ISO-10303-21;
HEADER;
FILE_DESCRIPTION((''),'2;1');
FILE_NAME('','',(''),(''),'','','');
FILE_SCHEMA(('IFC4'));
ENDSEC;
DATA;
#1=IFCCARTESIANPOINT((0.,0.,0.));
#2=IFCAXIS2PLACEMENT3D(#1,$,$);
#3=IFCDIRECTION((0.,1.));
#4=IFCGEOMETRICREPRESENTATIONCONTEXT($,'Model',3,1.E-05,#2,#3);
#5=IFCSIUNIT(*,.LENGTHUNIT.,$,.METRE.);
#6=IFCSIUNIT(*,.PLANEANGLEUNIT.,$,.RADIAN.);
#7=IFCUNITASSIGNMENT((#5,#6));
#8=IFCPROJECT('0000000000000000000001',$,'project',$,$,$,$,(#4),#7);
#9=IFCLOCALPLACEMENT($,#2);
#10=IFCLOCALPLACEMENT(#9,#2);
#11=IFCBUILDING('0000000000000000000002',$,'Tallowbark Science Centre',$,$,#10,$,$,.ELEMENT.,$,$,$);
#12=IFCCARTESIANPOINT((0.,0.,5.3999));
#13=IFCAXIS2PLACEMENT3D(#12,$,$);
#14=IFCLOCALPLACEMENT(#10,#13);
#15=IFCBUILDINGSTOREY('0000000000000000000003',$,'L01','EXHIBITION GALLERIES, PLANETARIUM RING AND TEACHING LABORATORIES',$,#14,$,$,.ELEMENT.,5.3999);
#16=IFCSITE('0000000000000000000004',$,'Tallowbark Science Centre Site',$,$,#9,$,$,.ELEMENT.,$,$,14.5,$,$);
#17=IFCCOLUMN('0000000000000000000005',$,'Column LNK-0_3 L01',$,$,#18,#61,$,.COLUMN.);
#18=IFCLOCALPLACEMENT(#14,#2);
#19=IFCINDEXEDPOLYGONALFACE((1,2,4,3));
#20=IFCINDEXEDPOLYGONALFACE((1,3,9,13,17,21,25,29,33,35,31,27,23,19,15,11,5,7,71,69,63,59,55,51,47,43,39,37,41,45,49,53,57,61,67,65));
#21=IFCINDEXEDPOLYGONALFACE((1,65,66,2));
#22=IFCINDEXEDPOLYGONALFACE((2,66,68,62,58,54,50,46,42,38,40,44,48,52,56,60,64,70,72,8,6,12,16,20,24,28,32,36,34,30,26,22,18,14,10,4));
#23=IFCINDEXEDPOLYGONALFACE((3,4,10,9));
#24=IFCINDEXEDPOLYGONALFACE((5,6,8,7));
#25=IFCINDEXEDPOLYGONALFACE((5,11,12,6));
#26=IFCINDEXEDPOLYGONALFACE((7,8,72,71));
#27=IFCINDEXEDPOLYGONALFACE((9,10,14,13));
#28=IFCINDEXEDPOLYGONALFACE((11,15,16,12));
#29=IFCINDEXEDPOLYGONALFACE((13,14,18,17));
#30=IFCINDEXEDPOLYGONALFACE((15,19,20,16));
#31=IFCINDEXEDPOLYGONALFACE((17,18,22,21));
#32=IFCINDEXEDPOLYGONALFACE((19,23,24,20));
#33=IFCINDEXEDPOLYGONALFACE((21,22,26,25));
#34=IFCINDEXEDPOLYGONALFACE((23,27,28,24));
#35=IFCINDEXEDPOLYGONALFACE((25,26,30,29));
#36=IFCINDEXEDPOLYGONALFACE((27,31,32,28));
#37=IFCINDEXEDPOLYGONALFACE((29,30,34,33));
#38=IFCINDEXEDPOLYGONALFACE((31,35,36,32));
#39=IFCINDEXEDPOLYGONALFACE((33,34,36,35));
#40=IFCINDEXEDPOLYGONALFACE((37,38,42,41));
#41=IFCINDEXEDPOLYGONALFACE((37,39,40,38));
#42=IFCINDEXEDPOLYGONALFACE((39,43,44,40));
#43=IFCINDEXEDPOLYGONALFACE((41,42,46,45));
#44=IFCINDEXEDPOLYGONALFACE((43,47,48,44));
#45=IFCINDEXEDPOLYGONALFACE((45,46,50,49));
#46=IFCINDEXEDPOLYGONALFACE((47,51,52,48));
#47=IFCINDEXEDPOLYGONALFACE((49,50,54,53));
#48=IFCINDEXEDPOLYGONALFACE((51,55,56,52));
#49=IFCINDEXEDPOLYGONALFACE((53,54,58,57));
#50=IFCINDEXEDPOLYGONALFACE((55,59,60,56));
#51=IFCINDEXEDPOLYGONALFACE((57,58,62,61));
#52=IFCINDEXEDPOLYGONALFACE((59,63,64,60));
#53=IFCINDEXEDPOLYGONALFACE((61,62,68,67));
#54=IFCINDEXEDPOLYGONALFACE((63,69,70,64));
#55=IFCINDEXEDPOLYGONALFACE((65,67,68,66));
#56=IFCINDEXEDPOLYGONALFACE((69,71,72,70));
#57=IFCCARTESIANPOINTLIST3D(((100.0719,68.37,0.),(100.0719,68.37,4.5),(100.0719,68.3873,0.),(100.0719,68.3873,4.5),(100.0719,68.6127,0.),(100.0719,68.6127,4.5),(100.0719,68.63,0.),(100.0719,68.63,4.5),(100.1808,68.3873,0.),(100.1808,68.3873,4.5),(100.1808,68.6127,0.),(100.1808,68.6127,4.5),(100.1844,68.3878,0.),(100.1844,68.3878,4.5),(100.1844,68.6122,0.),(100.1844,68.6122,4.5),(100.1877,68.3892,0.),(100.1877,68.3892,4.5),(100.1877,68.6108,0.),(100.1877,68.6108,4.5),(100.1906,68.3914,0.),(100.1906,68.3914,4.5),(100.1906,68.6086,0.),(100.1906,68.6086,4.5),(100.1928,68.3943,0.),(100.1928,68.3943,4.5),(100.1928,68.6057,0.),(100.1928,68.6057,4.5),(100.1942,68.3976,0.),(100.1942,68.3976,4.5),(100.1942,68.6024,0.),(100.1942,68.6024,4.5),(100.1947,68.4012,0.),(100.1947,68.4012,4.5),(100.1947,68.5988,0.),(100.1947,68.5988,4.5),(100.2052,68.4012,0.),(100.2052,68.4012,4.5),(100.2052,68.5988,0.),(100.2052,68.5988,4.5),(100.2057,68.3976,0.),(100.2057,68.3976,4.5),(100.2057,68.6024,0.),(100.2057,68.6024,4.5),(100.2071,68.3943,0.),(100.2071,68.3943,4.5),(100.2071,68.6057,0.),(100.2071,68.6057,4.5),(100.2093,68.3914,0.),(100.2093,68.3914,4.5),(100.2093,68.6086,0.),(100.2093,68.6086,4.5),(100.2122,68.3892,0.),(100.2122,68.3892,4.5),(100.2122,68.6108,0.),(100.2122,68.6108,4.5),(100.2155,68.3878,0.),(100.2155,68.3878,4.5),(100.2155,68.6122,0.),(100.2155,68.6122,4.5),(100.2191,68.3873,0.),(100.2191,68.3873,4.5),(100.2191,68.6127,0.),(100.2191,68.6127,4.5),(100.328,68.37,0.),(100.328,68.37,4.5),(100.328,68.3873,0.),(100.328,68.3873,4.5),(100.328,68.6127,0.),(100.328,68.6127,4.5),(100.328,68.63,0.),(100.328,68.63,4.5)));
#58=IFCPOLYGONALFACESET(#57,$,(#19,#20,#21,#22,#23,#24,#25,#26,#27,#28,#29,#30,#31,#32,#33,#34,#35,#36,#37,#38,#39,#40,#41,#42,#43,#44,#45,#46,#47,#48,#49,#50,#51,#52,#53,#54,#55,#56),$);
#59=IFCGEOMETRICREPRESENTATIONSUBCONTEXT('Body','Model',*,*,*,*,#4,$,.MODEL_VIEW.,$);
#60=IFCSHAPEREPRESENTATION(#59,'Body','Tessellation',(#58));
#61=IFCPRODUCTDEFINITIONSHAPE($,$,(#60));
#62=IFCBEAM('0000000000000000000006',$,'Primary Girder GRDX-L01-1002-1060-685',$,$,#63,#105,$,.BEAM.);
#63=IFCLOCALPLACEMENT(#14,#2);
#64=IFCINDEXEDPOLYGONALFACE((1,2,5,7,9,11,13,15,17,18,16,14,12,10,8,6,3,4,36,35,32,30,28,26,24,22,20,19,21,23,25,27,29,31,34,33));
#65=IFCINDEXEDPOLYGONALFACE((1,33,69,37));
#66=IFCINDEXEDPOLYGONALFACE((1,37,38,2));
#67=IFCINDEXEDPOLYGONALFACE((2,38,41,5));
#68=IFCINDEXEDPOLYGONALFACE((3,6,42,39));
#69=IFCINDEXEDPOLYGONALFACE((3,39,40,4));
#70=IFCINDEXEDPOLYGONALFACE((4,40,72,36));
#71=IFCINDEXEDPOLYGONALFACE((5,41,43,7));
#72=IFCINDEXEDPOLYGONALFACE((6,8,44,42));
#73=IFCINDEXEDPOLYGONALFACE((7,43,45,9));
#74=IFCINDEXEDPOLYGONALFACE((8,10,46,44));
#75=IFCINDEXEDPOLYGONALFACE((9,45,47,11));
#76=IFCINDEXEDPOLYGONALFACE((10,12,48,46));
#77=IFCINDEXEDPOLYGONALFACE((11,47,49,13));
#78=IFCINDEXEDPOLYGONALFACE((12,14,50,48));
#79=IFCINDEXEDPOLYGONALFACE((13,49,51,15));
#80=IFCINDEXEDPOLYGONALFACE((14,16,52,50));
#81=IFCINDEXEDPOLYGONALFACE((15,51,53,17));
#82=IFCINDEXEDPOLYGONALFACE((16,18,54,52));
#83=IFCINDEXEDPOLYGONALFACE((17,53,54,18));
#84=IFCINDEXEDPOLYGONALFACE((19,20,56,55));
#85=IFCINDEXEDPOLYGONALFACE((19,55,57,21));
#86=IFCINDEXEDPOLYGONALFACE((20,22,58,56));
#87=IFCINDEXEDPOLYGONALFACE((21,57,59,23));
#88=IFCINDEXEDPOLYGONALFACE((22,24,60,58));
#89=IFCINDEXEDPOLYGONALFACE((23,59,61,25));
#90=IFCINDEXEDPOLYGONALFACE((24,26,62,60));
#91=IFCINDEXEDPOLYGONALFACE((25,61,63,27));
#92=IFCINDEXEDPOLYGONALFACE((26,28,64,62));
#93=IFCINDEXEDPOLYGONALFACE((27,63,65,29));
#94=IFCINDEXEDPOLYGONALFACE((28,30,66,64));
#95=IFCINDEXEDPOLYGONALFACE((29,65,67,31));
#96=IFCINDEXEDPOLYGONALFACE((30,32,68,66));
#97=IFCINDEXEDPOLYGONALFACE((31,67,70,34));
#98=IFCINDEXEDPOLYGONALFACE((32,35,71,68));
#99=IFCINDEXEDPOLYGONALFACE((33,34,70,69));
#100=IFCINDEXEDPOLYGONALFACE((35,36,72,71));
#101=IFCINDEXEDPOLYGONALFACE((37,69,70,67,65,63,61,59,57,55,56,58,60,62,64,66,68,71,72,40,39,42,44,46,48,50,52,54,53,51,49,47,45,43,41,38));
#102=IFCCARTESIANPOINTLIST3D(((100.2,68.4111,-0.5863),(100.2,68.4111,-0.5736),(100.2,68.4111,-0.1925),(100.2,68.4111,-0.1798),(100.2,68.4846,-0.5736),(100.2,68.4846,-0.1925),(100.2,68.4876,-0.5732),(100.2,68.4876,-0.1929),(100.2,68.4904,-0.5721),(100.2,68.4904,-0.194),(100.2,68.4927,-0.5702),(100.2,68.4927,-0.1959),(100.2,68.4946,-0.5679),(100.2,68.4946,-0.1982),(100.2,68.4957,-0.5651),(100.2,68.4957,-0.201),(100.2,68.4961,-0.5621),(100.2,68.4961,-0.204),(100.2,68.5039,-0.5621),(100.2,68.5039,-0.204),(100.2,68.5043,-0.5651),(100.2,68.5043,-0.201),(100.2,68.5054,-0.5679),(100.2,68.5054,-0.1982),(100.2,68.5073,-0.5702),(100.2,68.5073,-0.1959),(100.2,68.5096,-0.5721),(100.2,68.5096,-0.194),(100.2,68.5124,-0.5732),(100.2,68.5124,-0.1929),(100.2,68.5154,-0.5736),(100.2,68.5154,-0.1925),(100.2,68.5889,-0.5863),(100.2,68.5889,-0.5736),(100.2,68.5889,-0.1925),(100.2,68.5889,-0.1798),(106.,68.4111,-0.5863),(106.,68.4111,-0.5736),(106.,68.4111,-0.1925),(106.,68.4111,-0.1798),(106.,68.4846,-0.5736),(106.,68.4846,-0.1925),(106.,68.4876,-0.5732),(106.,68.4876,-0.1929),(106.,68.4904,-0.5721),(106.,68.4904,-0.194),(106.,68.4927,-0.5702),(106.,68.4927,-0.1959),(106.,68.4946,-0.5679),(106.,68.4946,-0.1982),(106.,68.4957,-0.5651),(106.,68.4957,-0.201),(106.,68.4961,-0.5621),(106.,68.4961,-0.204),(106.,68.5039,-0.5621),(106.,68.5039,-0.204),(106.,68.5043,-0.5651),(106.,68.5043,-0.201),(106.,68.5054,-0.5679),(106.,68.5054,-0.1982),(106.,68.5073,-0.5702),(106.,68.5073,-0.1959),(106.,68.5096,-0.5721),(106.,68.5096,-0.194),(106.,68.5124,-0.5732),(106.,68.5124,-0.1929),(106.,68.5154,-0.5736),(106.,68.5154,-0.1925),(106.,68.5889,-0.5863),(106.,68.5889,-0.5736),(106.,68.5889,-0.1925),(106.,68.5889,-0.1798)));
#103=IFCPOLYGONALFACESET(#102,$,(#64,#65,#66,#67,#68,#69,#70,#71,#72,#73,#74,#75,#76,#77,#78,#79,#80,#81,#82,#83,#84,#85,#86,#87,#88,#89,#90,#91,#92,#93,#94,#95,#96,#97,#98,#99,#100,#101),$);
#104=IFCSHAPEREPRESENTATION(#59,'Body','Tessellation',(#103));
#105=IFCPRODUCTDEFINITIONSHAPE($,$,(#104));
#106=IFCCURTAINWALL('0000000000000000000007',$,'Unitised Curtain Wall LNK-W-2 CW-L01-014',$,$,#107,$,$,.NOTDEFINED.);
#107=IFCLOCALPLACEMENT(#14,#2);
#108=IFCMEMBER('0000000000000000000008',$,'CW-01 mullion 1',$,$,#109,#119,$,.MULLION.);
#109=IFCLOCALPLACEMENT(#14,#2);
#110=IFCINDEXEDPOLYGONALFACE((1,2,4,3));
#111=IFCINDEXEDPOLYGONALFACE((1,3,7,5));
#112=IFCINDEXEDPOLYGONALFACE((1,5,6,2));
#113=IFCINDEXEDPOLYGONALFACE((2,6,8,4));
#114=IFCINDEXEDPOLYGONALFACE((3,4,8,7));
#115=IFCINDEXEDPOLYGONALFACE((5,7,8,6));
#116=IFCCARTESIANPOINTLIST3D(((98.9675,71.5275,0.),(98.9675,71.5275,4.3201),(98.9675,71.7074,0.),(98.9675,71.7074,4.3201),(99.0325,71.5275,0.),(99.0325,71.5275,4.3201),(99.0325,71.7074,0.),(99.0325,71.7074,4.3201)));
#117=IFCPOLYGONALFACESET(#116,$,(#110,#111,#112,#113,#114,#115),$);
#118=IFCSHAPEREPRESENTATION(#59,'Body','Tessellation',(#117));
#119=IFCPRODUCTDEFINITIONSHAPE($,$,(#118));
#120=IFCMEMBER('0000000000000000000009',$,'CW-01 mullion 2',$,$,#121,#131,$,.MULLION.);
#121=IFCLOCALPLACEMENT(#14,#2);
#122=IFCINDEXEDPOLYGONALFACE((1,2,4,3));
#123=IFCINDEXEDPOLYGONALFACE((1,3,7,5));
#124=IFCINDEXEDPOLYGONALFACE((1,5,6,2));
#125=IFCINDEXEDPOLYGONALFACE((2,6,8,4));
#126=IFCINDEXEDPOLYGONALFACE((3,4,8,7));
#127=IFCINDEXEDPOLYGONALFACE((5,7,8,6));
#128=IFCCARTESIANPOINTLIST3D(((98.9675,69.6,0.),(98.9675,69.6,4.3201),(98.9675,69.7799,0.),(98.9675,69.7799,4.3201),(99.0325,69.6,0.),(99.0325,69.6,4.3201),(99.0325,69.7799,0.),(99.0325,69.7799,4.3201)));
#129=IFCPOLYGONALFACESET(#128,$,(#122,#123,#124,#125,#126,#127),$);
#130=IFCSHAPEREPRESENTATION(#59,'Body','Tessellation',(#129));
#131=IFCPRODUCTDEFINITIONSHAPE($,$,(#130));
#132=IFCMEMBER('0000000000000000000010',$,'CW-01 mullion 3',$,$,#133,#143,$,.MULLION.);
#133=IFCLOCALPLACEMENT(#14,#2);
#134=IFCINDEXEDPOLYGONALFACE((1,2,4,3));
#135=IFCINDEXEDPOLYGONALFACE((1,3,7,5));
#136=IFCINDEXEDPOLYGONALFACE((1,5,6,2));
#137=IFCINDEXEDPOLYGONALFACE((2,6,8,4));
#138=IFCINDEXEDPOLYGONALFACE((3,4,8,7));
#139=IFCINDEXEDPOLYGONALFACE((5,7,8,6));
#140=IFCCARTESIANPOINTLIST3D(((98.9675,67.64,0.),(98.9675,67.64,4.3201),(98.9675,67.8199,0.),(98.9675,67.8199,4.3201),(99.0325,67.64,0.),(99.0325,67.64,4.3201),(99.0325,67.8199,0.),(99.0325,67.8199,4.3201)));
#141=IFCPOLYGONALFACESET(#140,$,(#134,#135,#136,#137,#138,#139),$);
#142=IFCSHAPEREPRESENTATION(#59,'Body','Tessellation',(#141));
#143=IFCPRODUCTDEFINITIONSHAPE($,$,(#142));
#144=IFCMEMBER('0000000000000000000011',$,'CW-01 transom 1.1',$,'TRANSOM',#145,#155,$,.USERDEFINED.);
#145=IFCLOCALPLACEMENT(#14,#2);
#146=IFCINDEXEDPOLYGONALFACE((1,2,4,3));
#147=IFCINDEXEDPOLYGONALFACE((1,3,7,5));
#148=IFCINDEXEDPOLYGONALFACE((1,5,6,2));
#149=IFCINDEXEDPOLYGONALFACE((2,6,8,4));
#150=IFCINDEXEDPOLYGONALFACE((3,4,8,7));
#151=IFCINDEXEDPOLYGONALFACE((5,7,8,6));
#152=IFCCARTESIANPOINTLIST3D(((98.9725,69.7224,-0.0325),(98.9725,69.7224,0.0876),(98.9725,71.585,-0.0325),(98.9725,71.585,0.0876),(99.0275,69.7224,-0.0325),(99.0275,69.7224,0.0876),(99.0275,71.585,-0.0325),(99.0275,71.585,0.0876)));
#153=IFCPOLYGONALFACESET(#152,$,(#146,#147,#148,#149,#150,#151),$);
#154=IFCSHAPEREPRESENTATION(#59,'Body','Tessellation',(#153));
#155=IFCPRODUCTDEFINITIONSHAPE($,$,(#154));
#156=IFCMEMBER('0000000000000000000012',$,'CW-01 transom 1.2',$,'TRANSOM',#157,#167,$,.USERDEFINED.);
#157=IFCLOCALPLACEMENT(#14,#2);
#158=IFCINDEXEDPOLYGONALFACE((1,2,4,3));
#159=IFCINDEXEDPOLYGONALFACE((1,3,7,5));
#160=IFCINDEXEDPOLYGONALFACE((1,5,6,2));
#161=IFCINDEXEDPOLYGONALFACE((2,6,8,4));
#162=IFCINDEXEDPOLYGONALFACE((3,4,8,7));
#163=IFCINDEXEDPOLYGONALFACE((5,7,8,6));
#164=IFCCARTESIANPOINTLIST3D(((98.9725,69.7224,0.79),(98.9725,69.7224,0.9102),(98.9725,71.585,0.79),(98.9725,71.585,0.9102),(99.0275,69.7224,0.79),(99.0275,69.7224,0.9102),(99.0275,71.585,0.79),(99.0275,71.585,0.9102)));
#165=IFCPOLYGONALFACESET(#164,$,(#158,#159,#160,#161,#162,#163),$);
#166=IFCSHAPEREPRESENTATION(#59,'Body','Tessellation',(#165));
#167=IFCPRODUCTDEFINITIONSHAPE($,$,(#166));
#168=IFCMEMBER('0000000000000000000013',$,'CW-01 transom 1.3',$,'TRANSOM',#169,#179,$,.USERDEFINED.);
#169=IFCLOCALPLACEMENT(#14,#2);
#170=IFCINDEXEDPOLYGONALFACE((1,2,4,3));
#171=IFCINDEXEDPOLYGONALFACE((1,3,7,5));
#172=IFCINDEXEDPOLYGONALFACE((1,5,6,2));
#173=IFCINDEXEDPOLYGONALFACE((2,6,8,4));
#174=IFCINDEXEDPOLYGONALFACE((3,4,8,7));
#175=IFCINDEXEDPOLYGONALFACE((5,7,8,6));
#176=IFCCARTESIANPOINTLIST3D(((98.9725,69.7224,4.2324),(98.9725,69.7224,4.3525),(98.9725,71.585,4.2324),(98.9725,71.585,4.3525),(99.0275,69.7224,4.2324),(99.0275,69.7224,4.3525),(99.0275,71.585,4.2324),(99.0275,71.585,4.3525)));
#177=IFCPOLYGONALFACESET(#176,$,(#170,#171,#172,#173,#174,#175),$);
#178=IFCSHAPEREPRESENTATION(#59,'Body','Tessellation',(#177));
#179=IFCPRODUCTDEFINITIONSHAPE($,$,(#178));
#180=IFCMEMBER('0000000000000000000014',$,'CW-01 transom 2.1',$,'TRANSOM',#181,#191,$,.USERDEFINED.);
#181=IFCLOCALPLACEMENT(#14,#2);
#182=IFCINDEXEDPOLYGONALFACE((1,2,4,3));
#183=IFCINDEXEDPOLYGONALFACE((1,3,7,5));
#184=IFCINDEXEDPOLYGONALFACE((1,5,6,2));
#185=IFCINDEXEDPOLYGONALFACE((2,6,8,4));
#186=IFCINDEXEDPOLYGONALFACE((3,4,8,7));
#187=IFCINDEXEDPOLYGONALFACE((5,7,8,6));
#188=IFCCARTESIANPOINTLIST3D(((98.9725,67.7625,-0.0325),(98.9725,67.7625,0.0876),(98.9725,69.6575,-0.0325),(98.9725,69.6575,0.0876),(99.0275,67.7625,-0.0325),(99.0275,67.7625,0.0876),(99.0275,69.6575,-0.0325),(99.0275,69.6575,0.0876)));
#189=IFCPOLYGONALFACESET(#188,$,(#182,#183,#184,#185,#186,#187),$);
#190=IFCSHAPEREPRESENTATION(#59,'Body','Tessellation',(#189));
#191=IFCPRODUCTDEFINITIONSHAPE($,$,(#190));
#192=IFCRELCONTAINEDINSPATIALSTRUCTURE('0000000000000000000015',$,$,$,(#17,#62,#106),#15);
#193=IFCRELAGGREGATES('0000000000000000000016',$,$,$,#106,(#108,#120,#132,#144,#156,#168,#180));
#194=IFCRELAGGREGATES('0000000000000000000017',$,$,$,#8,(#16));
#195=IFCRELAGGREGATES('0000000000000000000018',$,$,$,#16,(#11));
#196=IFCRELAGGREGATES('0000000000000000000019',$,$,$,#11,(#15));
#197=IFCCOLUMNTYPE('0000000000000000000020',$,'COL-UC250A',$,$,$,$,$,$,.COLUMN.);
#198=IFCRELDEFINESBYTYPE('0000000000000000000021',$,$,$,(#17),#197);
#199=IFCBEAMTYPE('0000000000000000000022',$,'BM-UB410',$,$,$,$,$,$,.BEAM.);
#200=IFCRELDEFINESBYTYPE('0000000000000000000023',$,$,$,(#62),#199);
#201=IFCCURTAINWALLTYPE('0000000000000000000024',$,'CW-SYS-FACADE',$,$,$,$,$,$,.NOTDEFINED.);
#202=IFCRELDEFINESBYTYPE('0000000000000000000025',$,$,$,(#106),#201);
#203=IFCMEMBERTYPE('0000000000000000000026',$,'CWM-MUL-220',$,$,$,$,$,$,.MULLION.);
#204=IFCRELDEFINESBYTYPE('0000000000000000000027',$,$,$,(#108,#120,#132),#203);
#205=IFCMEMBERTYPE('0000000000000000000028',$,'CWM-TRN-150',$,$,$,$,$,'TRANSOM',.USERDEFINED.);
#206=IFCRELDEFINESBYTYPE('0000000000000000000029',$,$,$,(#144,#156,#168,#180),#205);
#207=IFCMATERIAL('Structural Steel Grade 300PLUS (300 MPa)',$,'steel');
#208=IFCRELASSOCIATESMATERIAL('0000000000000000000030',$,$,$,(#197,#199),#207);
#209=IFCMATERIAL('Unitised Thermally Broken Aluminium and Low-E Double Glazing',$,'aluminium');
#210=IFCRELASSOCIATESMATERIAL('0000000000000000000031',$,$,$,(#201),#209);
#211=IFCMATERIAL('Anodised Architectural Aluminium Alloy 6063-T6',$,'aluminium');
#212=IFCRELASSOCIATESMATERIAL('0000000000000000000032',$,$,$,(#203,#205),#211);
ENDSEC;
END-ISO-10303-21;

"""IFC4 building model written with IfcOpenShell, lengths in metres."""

from ifc_helpers import new_model, si_unit, direction, frame, origin, origin_2d, place, context, subcontext, project, spatial, rectangle, i_section, extrude, material, material_profile, profile_set, type_object, element, aggregate, save


model = new_model("IFC4")

# Units and contexts
model_context = context("Model", 3, precision=1e-05, world=origin(), true_north=direction((0.0, 1.0)))
body_context = subcontext(model_context, "Body", "Model", "MODEL_VIEW")
ifc_project = project(units=[si_unit("LENGTHUNIT", "METRE"), si_unit("PLANEANGLEUNIT", "RADIAN")], contexts=[model_context])

# Site, building, storey
site_placement = place(None, origin())
site = spatial("IfcSite", under=ifc_project, at=site_placement, Name="Tallowbark Science Centre Site", CompositionType="ELEMENT", RefElevation=14.5)
building_placement = place(site_placement, origin())
building = spatial("IfcBuilding", under=site, at=building_placement, Name="Tallowbark Science Centre", CompositionType="ELEMENT")
storey_placement = place(building_placement, frame((0.0, 0.0, 5.3999)))
storey = spatial("IfcBuildingStorey", under=building, at=storey_placement, Name="L01", Description="EXHIBITION GALLERIES, PLANETARIUM RING AND TEACHING LABORATORIES", CompositionType="ELEMENT", Elevation=5.3999)

# Column
ifc_material_1 = material(Name="Structural Steel Grade 300PLUS (300 MPa)", Category="steel")
ifc_material_profile_1 = material_profile(ifc_material_1, i_section(OverallWidth=0.2561, OverallDepth=0.26, WebThickness=0.0105, FlangeThickness=0.0173, FilletRadius=0.0139, at=origin_2d()), Name="250UC89.5")
ifc_profile_set_1 = profile_set([ifc_material_profile_1], Name="Structural Steel Grade 300PLUS (300 MPa)")
column_type = type_object("IfcColumnType", Name="COL-UC250A", PredefinedType="COLUMN", material=ifc_profile_set_1)
column_placement = place(storey_placement, frame((100.2, 68.5, 0.0), z_axis=(0.0, 0.0, 1.0), x_axis=(1.0, 0.0, 0.0)))
element("IfcColumn", 1, at=column_placement, inside=storey, type_object=column_type, Name="Column LNK-0_3 L01", PredefinedType="COLUMN", context=body_context, shape_type="SweptSolid", body=[
    extrude(i_section(OverallWidth=0.2561, OverallDepth=0.26, WebThickness=0.0105, FlangeThickness=0.0173, FilletRadius=0.0139, at=origin_2d()), origin(), (0.0, 0.0, 1.0), 4.5),
])

# Beam
ifc_material_profile_2 = material_profile(ifc_material_1, i_section(OverallWidth=0.1777, OverallDepth=0.4065, WebThickness=0.0078, FlangeThickness=0.0127, FilletRadius=0.0115, at=origin_2d()), Name="410UB59.7")
ifc_profile_set_2 = profile_set([ifc_material_profile_2], Name="Structural Steel Grade 300PLUS (300 MPa)")
beam_type = type_object("IfcBeamType", Name="BM-UB410", PredefinedType="BEAM", material=ifc_profile_set_2)
beam_placement = place(storey_placement, frame((100.2, 68.5, -0.3831), z_axis=(1.0, 0.0, 0.0), x_axis=(0.0, 1.0, 0.0)))
element("IfcBeam", 2, at=beam_placement, inside=storey, type_object=beam_type, Name="Primary Girder GRDX-L01-1002-1060-685", PredefinedType="BEAM", context=body_context, shape_type="SweptSolid", body=[
    extrude(i_section(OverallWidth=0.1777, OverallDepth=0.4065, WebThickness=0.0078, FlangeThickness=0.0127, FilletRadius=0.0115, at=origin_2d()), origin(), (0.0, 0.0, 1.0), 5.8),
])

# Curtain wall, members
ifc_material_2 = material(Name="Unitised Thermally Broken Aluminium and Low-E Double Glazing", Category="aluminium")
curtain_wall_type = type_object("IfcCurtainWallType", Name="CW-SYS-FACADE", PredefinedType="NOTDEFINED", material=ifc_material_2)
curtain_wall_placement = place(storey_placement, origin())
curtain_wall = element("IfcCurtainWall", 3, at=curtain_wall_placement, inside=storey, type_object=curtain_wall_type, Name="Unitised Curtain Wall LNK-W-2 CW-L01-014", PredefinedType="NOTDEFINED")
ifc_material_3 = material(Name="Anodised Architectural Aluminium Alloy 6063-T6", Category="aluminium")
ifc_material_profile_3 = material_profile(ifc_material_3, rectangle(XDim=0.0649, YDim=0.1799, at=origin_2d()), Name="ALU65x180")
ifc_profile_set_3 = profile_set([ifc_material_profile_3], Name="Anodised Architectural Aluminium Alloy 6063-T6")
member_type_1 = type_object("IfcMemberType", Name="CWM-MUL-220", PredefinedType="MULLION", material=ifc_profile_set_3)
member_1_placement = place(storey_placement, frame((99.0, 71.6174, 0.0), z_axis=(0.0, 0.0, 1.0), x_axis=(1.0, 0.0, 0.0)))
member_1 = element("IfcMember", 4, at=member_1_placement, type_object=member_type_1, Name="CW-01 mullion 1", PredefinedType="MULLION", context=body_context, shape_type="SweptSolid", body=[
    extrude(rectangle(XDim=0.0649, YDim=0.1799, at=origin_2d()), origin(), (0.0, 0.0, 1.0), 4.3201),
])
member_2_placement = place(storey_placement, frame((99.0, 69.6899, 0.0), z_axis=(0.0, 0.0, 1.0), x_axis=(1.0, 0.0, 0.0)))
member_2 = element("IfcMember", 5, at=member_2_placement, type_object=member_type_1, Name="CW-01 mullion 2", PredefinedType="MULLION", context=body_context, shape_type="SweptSolid", body=[
    extrude(rectangle(XDim=0.0649, YDim=0.1799, at=origin_2d()), origin(), (0.0, 0.0, 1.0), 4.3201),
])
member_3_placement = place(storey_placement, frame((99.0, 67.73, 0.0), z_axis=(0.0, 0.0, 1.0), x_axis=(1.0, 0.0, 0.0)))
member_3 = element("IfcMember", 6, at=member_3_placement, type_object=member_type_1, Name="CW-01 mullion 3", PredefinedType="MULLION", context=body_context, shape_type="SweptSolid", body=[
    extrude(rectangle(XDim=0.0649, YDim=0.1799, at=origin_2d()), origin(), (0.0, 0.0, 1.0), 4.3201),
])
ifc_material_profile_4 = material_profile(ifc_material_3, rectangle(XDim=0.0549, YDim=0.1201, at=origin_2d()), Name="ALU55x120")
ifc_profile_set_4 = profile_set([ifc_material_profile_4], Name="Anodised Architectural Aluminium Alloy 6063-T6")
member_type_2 = type_object("IfcMemberType", Name="CWM-TRN-150", ElementType="TRANSOM", PredefinedType="USERDEFINED", material=ifc_profile_set_4)
member_4_placement = place(storey_placement, frame((99.0, 71.585, 0.0276), z_axis=(0.0, -1.0, 0.0), x_axis=(1.0, 0.0, 0.0)))
member_4 = element("IfcMember", 7, at=member_4_placement, type_object=member_type_2, Name="CW-01 transom 1.1", ObjectType="TRANSOM", PredefinedType="USERDEFINED", context=body_context, shape_type="SweptSolid", body=[
    extrude(rectangle(XDim=0.0549, YDim=0.1201, at=origin_2d()), origin(), (0.0, 0.0, 1.0), 1.8625),
])
member_5_placement = place(storey_placement, frame((99.0, 71.585, 0.8501), z_axis=(0.0, -1.0, 0.0), x_axis=(1.0, 0.0, 0.0)))
member_5 = element("IfcMember", 8, at=member_5_placement, type_object=member_type_2, Name="CW-01 transom 1.2", ObjectType="TRANSOM", PredefinedType="USERDEFINED", context=body_context, shape_type="SweptSolid", body=[
    extrude(rectangle(XDim=0.0549, YDim=0.1201, at=origin_2d()), origin(), (0.0, 0.0, 1.0), 1.8625),
])
member_6_placement = place(storey_placement, frame((99.0, 71.585, 4.2925), z_axis=(0.0, -1.0, 0.0), x_axis=(1.0, 0.0, 0.0)))
member_6 = element("IfcMember", 9, at=member_6_placement, type_object=member_type_2, Name="CW-01 transom 1.3", ObjectType="TRANSOM", PredefinedType="USERDEFINED", context=body_context, shape_type="SweptSolid", body=[
    extrude(rectangle(XDim=0.0549, YDim=0.1201, at=origin_2d()), origin(), (0.0, 0.0, 1.0), 1.8625),
])
member_7_placement = place(storey_placement, frame((99.0, 69.6575, 0.0276), z_axis=(0.0, -1.0, 0.0), x_axis=(1.0, 0.0, 0.0)))
member_7 = element("IfcMember", 10, at=member_7_placement, type_object=member_type_2, Name="CW-01 transom 2.1", ObjectType="TRANSOM", PredefinedType="USERDEFINED", context=body_context, shape_type="SweptSolid", body=[
    extrude(rectangle(XDim=0.0549, YDim=0.1201, at=origin_2d()), origin(), (0.0, 0.0, 1.0), 1.895),
])
aggregate(curtain_wall, [member_1, member_2, member_3, member_4, member_5, member_6, member_7])

save(model, "model.ifc")
